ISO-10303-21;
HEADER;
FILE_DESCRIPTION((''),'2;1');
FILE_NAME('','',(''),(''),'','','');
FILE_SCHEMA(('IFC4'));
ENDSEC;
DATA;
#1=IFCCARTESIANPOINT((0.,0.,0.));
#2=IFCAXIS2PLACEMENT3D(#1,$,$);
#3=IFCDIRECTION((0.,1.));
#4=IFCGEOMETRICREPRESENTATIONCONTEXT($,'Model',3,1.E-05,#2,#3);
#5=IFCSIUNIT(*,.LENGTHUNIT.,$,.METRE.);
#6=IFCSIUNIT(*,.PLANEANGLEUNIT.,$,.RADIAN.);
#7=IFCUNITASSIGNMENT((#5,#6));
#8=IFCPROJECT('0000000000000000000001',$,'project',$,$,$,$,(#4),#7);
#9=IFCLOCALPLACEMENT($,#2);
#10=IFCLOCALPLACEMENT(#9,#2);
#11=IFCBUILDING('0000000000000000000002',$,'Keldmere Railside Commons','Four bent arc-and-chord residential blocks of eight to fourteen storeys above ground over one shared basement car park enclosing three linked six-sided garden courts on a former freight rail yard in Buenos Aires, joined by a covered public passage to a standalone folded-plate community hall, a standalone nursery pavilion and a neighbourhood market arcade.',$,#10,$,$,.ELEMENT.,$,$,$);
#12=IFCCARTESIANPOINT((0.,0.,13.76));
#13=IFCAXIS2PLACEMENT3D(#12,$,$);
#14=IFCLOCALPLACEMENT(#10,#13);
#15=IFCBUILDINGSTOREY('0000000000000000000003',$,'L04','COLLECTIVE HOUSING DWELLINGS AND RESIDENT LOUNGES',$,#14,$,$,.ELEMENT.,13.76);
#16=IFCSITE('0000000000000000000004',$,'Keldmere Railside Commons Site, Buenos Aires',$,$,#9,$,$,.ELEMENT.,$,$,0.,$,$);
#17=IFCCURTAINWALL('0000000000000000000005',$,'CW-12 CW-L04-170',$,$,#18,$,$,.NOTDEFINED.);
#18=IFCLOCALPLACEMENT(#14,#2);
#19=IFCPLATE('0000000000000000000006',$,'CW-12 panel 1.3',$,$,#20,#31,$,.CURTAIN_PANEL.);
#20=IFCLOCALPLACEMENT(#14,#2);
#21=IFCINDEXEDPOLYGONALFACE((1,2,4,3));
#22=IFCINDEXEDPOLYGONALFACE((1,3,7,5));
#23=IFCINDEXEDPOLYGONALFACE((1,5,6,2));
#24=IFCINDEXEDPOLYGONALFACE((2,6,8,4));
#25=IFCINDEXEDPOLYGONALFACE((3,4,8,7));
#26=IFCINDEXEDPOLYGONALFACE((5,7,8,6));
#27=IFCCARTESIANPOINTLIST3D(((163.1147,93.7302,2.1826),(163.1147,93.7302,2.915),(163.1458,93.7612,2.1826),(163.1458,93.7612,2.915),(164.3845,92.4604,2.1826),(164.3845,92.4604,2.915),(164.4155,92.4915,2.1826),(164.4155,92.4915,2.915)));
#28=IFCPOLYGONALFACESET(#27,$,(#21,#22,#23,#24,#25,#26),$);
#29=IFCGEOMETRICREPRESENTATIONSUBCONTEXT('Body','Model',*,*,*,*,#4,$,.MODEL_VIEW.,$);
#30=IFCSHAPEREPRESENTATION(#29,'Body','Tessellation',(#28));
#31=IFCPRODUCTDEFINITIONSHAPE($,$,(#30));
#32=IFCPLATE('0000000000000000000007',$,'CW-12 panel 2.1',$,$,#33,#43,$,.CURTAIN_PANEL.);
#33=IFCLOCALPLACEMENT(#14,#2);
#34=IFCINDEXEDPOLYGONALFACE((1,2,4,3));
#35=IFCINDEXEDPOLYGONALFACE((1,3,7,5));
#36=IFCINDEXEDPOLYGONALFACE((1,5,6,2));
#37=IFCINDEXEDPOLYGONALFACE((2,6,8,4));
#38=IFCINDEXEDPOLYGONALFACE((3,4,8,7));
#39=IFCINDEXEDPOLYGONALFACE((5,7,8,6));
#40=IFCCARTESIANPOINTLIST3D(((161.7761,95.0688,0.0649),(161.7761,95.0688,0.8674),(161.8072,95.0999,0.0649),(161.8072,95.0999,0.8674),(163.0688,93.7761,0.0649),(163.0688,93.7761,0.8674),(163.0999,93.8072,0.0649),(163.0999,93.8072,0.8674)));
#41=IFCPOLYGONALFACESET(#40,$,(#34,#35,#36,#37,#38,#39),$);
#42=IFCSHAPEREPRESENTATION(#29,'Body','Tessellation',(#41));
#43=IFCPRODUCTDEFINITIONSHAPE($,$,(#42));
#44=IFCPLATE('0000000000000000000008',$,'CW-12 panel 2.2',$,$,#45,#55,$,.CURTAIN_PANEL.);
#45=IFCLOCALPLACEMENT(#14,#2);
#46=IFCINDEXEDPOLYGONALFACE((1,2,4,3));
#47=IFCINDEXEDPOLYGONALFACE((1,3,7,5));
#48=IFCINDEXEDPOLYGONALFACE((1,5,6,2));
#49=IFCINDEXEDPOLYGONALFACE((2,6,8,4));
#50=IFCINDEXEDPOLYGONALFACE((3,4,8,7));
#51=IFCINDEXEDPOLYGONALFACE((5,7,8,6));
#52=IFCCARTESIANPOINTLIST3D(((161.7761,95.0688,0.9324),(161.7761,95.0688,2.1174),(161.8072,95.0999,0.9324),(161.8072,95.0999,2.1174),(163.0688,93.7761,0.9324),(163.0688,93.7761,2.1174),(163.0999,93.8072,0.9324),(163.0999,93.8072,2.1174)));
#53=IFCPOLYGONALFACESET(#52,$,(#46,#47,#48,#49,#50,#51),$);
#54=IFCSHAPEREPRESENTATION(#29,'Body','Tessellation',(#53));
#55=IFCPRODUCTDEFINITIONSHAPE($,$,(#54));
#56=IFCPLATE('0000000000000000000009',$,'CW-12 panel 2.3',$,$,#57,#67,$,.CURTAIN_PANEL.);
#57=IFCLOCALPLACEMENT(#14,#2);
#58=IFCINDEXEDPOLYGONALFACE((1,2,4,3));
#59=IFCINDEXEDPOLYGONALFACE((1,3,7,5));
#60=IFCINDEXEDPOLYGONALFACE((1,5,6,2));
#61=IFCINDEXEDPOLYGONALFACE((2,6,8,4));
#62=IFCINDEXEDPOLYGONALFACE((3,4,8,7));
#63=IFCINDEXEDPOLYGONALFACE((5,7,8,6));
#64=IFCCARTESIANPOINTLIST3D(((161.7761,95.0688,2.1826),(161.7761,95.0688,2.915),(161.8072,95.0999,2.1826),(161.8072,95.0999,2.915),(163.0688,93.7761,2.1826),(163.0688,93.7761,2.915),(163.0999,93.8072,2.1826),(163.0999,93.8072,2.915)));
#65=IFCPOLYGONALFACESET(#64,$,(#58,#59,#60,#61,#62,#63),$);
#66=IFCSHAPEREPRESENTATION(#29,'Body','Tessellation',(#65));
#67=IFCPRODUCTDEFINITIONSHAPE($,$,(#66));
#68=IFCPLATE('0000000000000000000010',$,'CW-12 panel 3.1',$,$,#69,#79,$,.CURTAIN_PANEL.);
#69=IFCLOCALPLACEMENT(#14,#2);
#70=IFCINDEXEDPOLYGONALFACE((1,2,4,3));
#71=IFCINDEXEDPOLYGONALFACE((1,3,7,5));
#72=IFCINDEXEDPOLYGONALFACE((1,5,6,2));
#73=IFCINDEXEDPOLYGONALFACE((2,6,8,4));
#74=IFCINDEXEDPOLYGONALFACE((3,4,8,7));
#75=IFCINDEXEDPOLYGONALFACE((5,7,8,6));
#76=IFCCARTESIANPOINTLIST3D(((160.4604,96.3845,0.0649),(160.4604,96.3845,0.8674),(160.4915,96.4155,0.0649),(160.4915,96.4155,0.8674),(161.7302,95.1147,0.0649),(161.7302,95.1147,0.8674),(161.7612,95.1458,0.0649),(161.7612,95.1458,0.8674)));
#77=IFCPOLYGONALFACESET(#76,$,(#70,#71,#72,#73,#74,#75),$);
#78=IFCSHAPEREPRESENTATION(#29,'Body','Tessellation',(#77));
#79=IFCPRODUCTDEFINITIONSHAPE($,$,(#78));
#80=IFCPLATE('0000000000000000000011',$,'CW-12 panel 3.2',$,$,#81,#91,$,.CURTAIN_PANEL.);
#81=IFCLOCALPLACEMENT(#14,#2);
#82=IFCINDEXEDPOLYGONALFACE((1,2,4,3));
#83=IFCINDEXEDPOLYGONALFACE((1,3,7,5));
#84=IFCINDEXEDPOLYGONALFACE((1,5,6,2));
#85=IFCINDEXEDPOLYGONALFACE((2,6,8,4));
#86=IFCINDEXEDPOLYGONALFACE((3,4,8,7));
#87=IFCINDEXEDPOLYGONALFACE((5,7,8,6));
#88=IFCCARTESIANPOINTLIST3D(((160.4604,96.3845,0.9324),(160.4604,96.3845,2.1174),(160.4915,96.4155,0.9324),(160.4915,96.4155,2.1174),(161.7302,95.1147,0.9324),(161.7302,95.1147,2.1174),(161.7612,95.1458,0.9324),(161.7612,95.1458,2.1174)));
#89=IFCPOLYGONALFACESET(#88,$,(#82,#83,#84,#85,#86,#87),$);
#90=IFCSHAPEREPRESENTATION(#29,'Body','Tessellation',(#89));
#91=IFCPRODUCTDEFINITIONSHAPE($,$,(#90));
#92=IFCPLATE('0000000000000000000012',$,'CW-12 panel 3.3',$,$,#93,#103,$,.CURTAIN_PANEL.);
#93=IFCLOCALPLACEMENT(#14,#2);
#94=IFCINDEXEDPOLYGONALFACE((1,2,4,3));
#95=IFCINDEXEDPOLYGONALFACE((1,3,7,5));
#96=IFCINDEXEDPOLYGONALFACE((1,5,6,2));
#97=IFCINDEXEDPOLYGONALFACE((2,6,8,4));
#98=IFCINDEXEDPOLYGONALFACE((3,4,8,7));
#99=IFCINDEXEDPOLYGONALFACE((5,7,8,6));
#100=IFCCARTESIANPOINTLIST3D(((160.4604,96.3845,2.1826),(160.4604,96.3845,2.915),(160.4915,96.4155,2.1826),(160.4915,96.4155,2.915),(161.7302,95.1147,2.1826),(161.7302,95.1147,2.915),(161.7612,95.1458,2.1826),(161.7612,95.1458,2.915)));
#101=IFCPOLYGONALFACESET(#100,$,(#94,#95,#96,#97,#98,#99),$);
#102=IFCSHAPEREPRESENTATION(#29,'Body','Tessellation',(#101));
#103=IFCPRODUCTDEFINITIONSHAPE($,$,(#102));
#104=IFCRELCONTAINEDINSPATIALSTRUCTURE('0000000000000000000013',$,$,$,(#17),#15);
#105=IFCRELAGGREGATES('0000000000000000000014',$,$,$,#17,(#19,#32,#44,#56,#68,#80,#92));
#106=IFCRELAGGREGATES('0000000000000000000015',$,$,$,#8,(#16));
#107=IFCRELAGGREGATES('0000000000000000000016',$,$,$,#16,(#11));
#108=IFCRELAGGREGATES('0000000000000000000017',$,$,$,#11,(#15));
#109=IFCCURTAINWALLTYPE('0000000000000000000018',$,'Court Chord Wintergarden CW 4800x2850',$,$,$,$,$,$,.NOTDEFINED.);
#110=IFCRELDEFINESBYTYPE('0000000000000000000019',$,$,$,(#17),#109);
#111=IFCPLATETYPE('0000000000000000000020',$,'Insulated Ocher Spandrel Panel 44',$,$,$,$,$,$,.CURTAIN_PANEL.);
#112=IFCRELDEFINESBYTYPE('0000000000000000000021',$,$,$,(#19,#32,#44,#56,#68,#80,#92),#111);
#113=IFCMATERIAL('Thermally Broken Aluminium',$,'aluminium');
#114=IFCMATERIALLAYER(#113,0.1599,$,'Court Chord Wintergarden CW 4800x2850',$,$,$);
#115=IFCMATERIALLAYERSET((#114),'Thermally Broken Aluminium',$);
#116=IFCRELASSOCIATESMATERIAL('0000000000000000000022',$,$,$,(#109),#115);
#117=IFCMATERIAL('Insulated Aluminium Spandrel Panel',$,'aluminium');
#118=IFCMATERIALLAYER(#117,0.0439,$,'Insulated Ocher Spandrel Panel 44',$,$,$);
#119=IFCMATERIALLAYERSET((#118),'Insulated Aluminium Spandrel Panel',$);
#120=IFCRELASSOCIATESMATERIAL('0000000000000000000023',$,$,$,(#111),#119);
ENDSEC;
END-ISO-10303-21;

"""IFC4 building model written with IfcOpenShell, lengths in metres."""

from ifc_helpers import new_model, si_unit, direction, frame, origin, origin_2d, place, context, subcontext, project, spatial, rectangle, extrude, material, layer, layer_set, type_object, element, aggregate, save


model = new_model("IFC4")

# Units and contexts
model_context = context("Model", 3, precision=1e-05, world=origin(), true_north=direction((0.0, 1.0)))
body_context = subcontext(model_context, "Body", "Model", "MODEL_VIEW")
ifc_project = project(units=[si_unit("LENGTHUNIT", "METRE"), si_unit("PLANEANGLEUNIT", "RADIAN")], contexts=[model_context])

# Site, building, storey
site_placement = place(None, origin())
site = spatial("IfcSite", under=ifc_project, at=site_placement, Name="Keldmere Railside Commons Site, Buenos Aires", CompositionType="ELEMENT", RefElevation=0.0)
building_placement = place(site_placement, origin())
building = spatial("IfcBuilding", under=site, at=building_placement, Name="Keldmere Railside Commons", Description="Four bent arc-and-chord residential blocks of eight to fourteen storeys above ground over one shared basement car park enclosing three linked six-sided garden courts on a former freight rail yard in Buenos Aires, joined by a covered public passage to a standalone folded-plate community hall, a standalone nursery pavilion and a neighbourhood market arcade.", CompositionType="ELEMENT")
storey_placement = place(building_placement, frame((0.0, 0.0, 13.76)))
storey = spatial("IfcBuildingStorey", under=building, at=storey_placement, Name="L04", Description="COLLECTIVE HOUSING DWELLINGS AND RESIDENT LOUNGES", CompositionType="ELEMENT", Elevation=13.76)

# Shared definitions
ifc_material_1 = material(Name="Thermally Broken Aluminium", Category="aluminium")

# Curtain wall
ifc_layer_1 = layer(ifc_material_1, 0.1599, Name="Court Chord Wintergarden CW 4800x2850")
ifc_layer_set_1 = layer_set([ifc_layer_1], Name="Thermally Broken Aluminium")
curtain_wall_type_1 = type_object("IfcCurtainWallType", Name="Court Chord Wintergarden CW 4800x2850", PredefinedType="NOTDEFINED", material=ifc_layer_set_1)
curtain_wall_1_placement = place(storey_placement, origin())
curtain_wall_1 = element("IfcCurtainWall", 1, at=curtain_wall_1_placement, inside=storey, type_object=curtain_wall_type_1, Name="CW-12 CW-L04-170", PredefinedType="NOTDEFINED")

# Plates
ifc_material_2 = material(Name="Insulated Aluminium Spandrel Panel", Category="aluminium")
ifc_layer_2 = layer(ifc_material_2, 0.0439, Name="Insulated Ocher Spandrel Panel 44")
ifc_layer_set_2 = layer_set([ifc_layer_2], Name="Insulated Aluminium Spandrel Panel")
plate_type = type_object("IfcPlateType", Name="Insulated Ocher Spandrel Panel 44", PredefinedType="CURTAIN_PANEL", material=ifc_layer_set_2)
plate_1_placement = place(storey_placement, frame((163.7651, 93.1108, 2.1826), z_axis=(0.0, 0.0, 1.0), x_axis=(-0.707107, 0.707107, 0.0)))
plate_1 = element("IfcPlate", 2, at=plate_1_placement, type_object=plate_type, Name="CW-12 panel 1.3", PredefinedType="CURTAIN_PANEL", context=body_context, shape_type="SweptSolid", body=[
    extrude(rectangle(XDim=1.7957, YDim=0.0439, at=origin_2d()), origin(), (0.0, 0.0, 1.0), 0.7324),
])
plate_2_placement = place(storey_placement, frame((162.438, 94.438, 0.0649), z_axis=(0.0, 0.0, 1.0), x_axis=(-0.707107, 0.707107, 0.0)))
plate_2 = element("IfcPlate", 3, at=plate_2_placement, type_object=plate_type, Name="CW-12 panel 2.1", PredefinedType="CURTAIN_PANEL", context=body_context, shape_type="SweptSolid", body=[
    extrude(rectangle(XDim=1.8281, YDim=0.0439, at=origin_2d()), origin(), (0.0, 0.0, 1.0), 0.8025),
])
plate_3_placement = place(storey_placement, frame((162.438, 94.438, 0.9324), z_axis=(0.0, 0.0, 1.0), x_axis=(-0.707107, 0.707107, 0.0)))
plate_3 = element("IfcPlate", 4, at=plate_3_placement, type_object=plate_type, Name="CW-12 panel 2.2", PredefinedType="CURTAIN_PANEL", context=body_context, shape_type="SweptSolid", body=[
    extrude(rectangle(XDim=1.8281, YDim=0.0439, at=origin_2d()), origin(), (0.0, 0.0, 1.0), 1.1851),
])
plate_4_placement = place(storey_placement, frame((162.438, 94.438, 2.1826), z_axis=(0.0, 0.0, 1.0), x_axis=(-0.707107, 0.707107, 0.0)))
plate_4 = element("IfcPlate", 5, at=plate_4_placement, type_object=plate_type, Name="CW-12 panel 2.3", PredefinedType="CURTAIN_PANEL", context=body_context, shape_type="SweptSolid", body=[
    extrude(rectangle(XDim=1.8281, YDim=0.0439, at=origin_2d()), origin(), (0.0, 0.0, 1.0), 0.7324),
])
plate_5_placement = place(storey_placement, frame((161.1108, 95.7651, 0.0649), z_axis=(0.0, 0.0, 1.0), x_axis=(-0.707107, 0.707107, 0.0)))
plate_5 = element("IfcPlate", 6, at=plate_5_placement, type_object=plate_type, Name="CW-12 panel 3.1", PredefinedType="CURTAIN_PANEL", context=body_context, shape_type="SweptSolid", body=[
    extrude(rectangle(XDim=1.7957, YDim=0.0439, at=origin_2d()), origin(), (0.0, 0.0, 1.0), 0.8025),
])
plate_6_placement = place(storey_placement, frame((161.1108, 95.7651, 0.9324), z_axis=(0.0, 0.0, 1.0), x_axis=(-0.707107, 0.707107, 0.0)))
plate_6 = element("IfcPlate", 7, at=plate_6_placement, type_object=plate_type, Name="CW-12 panel 3.2", PredefinedType="CURTAIN_PANEL", context=body_context, shape_type="SweptSolid", body=[
    extrude(rectangle(XDim=1.7957, YDim=0.0439, at=origin_2d()), origin(), (0.0, 0.0, 1.0), 1.1851),
])
plate_7_placement = place(storey_placement, frame((161.1108, 95.7651, 2.1826), z_axis=(0.0, 0.0, 1.0), x_axis=(-0.707107, 0.707107, 0.0)))
plate_7 = element("IfcPlate", 8, at=plate_7_placement, type_object=plate_type, Name="CW-12 panel 3.3", PredefinedType="CURTAIN_PANEL", context=body_context, shape_type="SweptSolid", body=[
    extrude(rectangle(XDim=1.7957, YDim=0.0439, at=origin_2d()), origin(), (0.0, 0.0, 1.0), 0.7324),
])
aggregate(curtain_wall_1, [plate_1, plate_2, plate_3, plate_4, plate_5, plate_6, plate_7])

save(model, "model.ifc")
